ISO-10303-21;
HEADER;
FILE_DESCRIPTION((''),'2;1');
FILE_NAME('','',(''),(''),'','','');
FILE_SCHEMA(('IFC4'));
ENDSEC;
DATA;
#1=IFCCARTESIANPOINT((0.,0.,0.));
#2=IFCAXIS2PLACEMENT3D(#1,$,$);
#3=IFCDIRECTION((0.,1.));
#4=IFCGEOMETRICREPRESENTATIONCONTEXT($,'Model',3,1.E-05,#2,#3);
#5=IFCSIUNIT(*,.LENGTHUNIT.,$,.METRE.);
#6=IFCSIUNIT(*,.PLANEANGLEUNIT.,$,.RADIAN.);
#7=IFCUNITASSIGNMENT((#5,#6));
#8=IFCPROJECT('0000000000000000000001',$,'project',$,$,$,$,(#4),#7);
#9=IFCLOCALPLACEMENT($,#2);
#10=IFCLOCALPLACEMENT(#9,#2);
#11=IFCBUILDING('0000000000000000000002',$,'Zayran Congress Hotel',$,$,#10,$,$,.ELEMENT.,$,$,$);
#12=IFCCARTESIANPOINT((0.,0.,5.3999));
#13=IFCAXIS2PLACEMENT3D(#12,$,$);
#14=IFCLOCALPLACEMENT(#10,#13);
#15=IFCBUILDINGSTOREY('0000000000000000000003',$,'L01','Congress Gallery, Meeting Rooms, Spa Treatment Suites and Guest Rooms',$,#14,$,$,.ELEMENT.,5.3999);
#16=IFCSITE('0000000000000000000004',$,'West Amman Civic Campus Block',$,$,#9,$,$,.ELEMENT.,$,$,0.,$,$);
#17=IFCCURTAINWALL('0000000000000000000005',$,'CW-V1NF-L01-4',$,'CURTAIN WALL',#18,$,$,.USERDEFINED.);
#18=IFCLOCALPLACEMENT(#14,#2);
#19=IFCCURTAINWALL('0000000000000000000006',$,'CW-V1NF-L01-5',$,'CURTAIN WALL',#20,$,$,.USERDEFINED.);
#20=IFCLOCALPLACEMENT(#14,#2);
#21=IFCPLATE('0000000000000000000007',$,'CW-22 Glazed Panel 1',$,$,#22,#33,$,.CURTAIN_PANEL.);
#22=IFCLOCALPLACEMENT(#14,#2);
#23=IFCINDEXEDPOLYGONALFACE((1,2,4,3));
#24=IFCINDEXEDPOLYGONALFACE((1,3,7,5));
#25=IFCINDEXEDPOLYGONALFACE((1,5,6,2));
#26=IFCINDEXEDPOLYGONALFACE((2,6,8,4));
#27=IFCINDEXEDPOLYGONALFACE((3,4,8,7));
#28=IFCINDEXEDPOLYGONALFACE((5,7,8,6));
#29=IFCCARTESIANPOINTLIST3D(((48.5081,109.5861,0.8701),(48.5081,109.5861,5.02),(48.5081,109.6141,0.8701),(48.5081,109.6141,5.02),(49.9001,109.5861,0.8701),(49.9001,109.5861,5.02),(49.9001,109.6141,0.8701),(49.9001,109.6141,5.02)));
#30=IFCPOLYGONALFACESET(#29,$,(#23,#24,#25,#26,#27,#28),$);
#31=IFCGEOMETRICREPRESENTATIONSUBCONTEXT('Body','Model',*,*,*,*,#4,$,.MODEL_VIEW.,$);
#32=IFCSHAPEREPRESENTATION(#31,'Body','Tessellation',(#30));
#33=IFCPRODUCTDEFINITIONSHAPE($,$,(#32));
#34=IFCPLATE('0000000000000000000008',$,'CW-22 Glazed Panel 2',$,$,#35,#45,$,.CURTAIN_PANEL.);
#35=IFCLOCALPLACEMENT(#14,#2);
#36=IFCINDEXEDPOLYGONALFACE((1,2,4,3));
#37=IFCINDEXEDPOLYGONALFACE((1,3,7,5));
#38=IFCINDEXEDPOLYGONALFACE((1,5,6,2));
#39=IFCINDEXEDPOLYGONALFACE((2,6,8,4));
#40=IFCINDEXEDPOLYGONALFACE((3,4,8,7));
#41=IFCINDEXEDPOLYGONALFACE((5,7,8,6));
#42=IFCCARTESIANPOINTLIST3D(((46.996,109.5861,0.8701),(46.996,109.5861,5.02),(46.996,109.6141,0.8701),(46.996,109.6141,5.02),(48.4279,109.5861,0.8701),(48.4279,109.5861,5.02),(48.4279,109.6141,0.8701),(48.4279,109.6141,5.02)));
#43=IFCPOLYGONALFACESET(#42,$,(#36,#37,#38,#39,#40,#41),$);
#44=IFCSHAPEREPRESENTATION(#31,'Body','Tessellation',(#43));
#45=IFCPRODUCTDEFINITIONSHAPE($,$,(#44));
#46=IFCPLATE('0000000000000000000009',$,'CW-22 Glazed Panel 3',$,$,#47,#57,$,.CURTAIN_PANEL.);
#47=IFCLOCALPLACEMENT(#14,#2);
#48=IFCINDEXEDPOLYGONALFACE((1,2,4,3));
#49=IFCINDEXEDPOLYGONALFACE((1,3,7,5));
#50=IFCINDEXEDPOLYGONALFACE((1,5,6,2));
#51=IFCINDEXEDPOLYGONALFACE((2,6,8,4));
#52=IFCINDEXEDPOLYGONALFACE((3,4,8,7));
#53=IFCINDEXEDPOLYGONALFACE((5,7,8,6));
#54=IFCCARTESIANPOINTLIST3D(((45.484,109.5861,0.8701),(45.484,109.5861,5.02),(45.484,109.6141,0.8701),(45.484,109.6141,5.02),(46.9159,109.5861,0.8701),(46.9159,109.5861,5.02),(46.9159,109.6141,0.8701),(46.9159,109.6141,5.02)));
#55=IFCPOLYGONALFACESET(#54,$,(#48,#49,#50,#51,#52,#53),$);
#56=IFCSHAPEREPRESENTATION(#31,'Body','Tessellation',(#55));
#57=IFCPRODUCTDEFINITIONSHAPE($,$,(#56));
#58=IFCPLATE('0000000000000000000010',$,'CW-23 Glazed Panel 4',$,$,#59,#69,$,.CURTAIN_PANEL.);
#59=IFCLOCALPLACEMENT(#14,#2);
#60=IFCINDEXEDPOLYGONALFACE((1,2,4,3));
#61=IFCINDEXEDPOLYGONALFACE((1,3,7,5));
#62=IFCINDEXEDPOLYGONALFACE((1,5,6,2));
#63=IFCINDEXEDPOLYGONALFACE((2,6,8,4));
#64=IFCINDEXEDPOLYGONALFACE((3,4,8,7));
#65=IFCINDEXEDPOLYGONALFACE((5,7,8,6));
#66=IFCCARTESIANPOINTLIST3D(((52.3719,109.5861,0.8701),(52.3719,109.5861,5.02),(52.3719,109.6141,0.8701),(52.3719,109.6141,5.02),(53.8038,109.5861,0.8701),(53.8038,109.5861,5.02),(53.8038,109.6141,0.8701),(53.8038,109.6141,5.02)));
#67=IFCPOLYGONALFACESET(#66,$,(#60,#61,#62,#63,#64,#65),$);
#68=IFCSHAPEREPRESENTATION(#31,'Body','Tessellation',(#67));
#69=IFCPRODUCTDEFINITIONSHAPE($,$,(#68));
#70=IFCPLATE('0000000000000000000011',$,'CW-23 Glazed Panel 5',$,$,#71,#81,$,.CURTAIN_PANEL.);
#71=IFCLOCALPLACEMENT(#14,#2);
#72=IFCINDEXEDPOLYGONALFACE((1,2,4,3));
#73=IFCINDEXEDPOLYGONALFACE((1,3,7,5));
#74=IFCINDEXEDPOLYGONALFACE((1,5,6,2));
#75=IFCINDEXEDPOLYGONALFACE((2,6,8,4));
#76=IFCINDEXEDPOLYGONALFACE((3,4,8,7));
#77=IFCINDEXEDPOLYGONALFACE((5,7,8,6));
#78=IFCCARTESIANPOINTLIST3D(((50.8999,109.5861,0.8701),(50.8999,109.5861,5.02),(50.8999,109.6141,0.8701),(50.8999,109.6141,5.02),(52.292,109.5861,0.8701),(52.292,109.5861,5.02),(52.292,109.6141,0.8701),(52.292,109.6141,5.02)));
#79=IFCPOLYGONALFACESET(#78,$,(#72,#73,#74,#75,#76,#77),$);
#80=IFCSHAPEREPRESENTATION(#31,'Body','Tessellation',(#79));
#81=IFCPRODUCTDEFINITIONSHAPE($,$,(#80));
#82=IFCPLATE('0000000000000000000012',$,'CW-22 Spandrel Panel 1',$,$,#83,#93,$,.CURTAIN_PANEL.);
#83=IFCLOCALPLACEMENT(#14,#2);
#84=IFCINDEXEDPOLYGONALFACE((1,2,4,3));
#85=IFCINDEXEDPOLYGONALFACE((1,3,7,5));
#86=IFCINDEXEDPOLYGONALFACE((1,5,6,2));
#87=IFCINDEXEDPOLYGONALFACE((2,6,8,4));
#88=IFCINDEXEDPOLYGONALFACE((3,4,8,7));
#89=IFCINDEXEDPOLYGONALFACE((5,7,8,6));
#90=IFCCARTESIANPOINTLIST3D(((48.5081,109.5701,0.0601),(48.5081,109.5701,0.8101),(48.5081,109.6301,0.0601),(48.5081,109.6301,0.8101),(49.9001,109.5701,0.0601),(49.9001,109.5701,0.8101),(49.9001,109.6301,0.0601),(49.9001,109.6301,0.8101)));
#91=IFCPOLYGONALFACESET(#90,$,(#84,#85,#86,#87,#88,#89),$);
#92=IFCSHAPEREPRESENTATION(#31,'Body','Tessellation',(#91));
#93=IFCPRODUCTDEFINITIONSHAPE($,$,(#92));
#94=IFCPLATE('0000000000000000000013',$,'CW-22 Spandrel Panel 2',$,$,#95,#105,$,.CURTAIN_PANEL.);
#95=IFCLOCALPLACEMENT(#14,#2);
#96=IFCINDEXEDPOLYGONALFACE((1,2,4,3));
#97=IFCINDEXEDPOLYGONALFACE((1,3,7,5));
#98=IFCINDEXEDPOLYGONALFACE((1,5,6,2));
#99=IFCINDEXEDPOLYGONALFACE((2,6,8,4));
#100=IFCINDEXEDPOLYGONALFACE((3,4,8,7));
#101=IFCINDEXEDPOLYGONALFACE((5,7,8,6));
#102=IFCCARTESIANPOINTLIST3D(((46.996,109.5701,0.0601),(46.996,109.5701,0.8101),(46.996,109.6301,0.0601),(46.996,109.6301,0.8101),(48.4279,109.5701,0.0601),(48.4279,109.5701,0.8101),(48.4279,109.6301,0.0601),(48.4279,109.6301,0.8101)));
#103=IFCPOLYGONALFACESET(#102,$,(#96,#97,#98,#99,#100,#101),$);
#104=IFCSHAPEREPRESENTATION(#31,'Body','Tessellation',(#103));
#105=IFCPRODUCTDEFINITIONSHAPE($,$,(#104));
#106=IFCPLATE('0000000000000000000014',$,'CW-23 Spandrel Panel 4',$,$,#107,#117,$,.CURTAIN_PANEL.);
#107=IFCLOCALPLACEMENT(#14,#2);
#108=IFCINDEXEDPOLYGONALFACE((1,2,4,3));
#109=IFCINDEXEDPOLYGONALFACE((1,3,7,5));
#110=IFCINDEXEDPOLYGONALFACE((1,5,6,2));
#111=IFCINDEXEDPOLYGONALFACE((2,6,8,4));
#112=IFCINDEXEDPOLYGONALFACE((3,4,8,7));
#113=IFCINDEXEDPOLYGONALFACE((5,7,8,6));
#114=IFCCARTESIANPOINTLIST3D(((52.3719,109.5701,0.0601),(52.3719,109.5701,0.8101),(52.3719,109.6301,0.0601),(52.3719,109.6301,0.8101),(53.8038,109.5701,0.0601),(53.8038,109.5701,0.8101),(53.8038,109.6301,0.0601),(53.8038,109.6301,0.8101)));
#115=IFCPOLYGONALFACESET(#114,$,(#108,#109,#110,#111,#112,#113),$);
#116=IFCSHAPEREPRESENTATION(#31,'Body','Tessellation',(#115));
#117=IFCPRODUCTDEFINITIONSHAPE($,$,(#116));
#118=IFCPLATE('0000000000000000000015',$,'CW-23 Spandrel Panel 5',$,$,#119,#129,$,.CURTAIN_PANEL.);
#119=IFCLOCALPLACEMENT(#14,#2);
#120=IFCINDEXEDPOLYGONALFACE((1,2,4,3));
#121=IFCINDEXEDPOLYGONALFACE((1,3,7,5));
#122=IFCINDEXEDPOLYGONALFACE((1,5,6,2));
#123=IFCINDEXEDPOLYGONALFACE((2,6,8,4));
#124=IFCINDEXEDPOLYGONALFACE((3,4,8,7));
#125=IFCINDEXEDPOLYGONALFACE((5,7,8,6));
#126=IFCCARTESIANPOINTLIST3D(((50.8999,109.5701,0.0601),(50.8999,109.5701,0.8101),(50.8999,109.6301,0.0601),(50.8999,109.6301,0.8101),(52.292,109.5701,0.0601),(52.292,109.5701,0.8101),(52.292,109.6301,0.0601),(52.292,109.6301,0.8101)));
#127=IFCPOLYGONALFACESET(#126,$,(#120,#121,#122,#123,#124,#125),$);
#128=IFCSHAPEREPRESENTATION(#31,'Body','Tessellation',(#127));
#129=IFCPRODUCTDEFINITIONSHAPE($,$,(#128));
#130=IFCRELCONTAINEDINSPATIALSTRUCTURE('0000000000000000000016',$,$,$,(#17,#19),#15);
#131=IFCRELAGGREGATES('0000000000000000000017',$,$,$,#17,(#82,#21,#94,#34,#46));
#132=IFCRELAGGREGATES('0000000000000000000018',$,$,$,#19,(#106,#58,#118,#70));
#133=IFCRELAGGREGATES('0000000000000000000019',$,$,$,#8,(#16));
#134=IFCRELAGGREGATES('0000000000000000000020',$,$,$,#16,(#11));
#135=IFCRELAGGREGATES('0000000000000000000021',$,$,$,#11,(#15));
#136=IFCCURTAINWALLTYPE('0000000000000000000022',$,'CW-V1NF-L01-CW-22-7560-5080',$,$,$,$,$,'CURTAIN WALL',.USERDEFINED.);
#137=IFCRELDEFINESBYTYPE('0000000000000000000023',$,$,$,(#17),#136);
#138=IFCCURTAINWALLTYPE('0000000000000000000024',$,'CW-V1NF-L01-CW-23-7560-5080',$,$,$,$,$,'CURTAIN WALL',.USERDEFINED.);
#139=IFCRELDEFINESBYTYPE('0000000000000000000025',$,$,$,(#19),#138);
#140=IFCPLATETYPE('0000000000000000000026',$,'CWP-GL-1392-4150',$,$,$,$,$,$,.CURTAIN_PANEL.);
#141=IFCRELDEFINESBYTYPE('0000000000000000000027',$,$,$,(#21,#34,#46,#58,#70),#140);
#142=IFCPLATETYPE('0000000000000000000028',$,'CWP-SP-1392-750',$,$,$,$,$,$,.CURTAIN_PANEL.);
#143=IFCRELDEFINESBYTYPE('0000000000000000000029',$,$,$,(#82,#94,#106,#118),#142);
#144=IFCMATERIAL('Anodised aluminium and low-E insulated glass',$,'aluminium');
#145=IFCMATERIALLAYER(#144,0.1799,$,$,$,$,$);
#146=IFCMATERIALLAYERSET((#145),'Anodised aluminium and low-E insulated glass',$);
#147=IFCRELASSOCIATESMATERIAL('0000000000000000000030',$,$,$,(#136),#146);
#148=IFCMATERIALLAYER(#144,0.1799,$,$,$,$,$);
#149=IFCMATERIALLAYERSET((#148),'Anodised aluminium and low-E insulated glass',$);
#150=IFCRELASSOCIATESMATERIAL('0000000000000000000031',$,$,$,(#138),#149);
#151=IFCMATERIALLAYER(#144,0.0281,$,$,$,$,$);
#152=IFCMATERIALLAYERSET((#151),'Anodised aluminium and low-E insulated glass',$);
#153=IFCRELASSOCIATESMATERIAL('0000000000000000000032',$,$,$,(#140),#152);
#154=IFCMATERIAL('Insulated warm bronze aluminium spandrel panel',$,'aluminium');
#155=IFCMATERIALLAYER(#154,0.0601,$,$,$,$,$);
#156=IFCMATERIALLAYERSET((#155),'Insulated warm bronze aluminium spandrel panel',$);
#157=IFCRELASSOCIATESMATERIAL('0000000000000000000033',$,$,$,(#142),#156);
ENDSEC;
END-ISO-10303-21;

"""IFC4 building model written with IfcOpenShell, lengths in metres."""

from ifc_helpers import new_model, si_unit, direction, frame, origin, origin_2d, place, context, subcontext, project, spatial, rectangle, extrude, material, layer, layer_set, type_object, element, aggregate, save


model = new_model("IFC4")

# Units and contexts
model_context = context("Model", 3, precision=1e-05, world=origin(), true_north=direction((0.0, 1.0)))
body_context = subcontext(model_context, "Body", "Model", "MODEL_VIEW")
ifc_project = project(units=[si_unit("LENGTHUNIT", "METRE"), si_unit("PLANEANGLEUNIT", "RADIAN")], contexts=[model_context])

# Site, building, storey
site_placement = place(None, origin())
site = spatial("IfcSite", under=ifc_project, at=site_placement, Name="West Amman Civic Campus Block", CompositionType="ELEMENT", RefElevation=0.0)
building_placement = place(site_placement, origin())
building = spatial("IfcBuilding", under=site, at=building_placement, Name="Zayran Congress Hotel", CompositionType="ELEMENT")
storey_placement = place(building_placement, frame((0.0, 0.0, 5.3999)))
storey = spatial("IfcBuildingStorey", under=building, at=storey_placement, Name="L01", Description="Congress Gallery, Meeting Rooms, Spa Treatment Suites and Guest Rooms", CompositionType="ELEMENT", Elevation=5.3999)

# Curtain walls
ifc_material_1 = material(Name="Anodised aluminium and low-E insulated glass", Category="aluminium")
ifc_layer_1 = layer(ifc_material_1, 0.1799)
ifc_layer_set_1 = layer_set([ifc_layer_1], Name="Anodised aluminium and low-E insulated glass")
curtain_wall_type_1 = type_object("IfcCurtainWallType", Name="CW-V1NF-L01-CW-22-7560-5080", ElementType="CURTAIN WALL", PredefinedType="USERDEFINED", material=ifc_layer_set_1)
curtain_wall_1_placement = place(storey_placement, origin())
curtain_wall_1 = element("IfcCurtainWall", 1, at=curtain_wall_1_placement, inside=storey, type_object=curtain_wall_type_1, Name="CW-V1NF-L01-4", ObjectType="CURTAIN WALL", PredefinedType="USERDEFINED")
ifc_layer_2 = layer(ifc_material_1, 0.1799)
ifc_layer_set_2 = layer_set([ifc_layer_2], Name="Anodised aluminium and low-E insulated glass")
curtain_wall_type_2 = type_object("IfcCurtainWallType", Name="CW-V1NF-L01-CW-23-7560-5080", ElementType="CURTAIN WALL", PredefinedType="USERDEFINED", material=ifc_layer_set_2)
curtain_wall_2_placement = place(storey_placement, origin())
curtain_wall_2 = element("IfcCurtainWall", 2, at=curtain_wall_2_placement, inside=storey, type_object=curtain_wall_type_2, Name="CW-V1NF-L01-5", ObjectType="CURTAIN WALL", PredefinedType="USERDEFINED")

# Plates
ifc_layer_3 = layer(ifc_material_1, 0.0281)
ifc_layer_set_3 = layer_set([ifc_layer_3], Name="Anodised aluminium and low-E insulated glass")
plate_type_1 = type_object("IfcPlateType", Name="CWP-GL-1392-4150", PredefinedType="CURTAIN_PANEL", material=ifc_layer_set_3)
plate_1_placement = place(storey_placement, frame((49.2041, 109.6001, 0.8701), z_axis=(0.0, 0.0, 1.0), x_axis=(1.0, 0.0, 0.0)))
plate_1 = element("IfcPlate", 3, at=plate_1_placement, type_object=plate_type_1, Name="CW-22 Glazed Panel 1", PredefinedType="CURTAIN_PANEL", context=body_context, shape_type="SweptSolid", body=[
    extrude(rectangle(XDim=1.3921, YDim=0.0281, at=origin_2d()), origin(), (0.0, 0.0, 1.0), 4.1499),
])
plate_2_placement = place(storey_placement, frame((47.7119, 109.6001, 0.8701), z_axis=(0.0, 0.0, 1.0), x_axis=(1.0, 0.0, 0.0)))
plate_2 = element("IfcPlate", 4, at=plate_2_placement, type_object=plate_type_1, Name="CW-22 Glazed Panel 2", PredefinedType="CURTAIN_PANEL", context=body_context, shape_type="SweptSolid", body=[
    extrude(rectangle(XDim=1.4319, YDim=0.0281, at=origin_2d()), origin(), (0.0, 0.0, 1.0), 4.1499),
])
plate_3_placement = place(storey_placement, frame((46.2, 109.6001, 0.8701), z_axis=(0.0, 0.0, 1.0), x_axis=(1.0, 0.0, 0.0)))
plate_3 = element("IfcPlate", 5, at=plate_3_placement, type_object=plate_type_1, Name="CW-22 Glazed Panel 3", PredefinedType="CURTAIN_PANEL", context=body_context, shape_type="SweptSolid", body=[
    extrude(rectangle(XDim=1.4319, YDim=0.0281, at=origin_2d()), origin(), (0.0, 0.0, 1.0), 4.1499),
])
plate_4_placement = place(storey_placement, frame((53.0879, 109.6001, 0.8701), z_axis=(0.0, 0.0, 1.0), x_axis=(1.0, 0.0, 0.0)))
plate_4 = element("IfcPlate", 6, at=plate_4_placement, type_object=plate_type_1, Name="CW-23 Glazed Panel 4", PredefinedType="CURTAIN_PANEL", context=body_context, shape_type="SweptSolid", body=[
    extrude(rectangle(XDim=1.4319, YDim=0.0281, at=origin_2d()), origin(), (0.0, 0.0, 1.0), 4.1499),
])
plate_5_placement = place(storey_placement, frame((51.5959, 109.6001, 0.8701), z_axis=(0.0, 0.0, 1.0), x_axis=(1.0, 0.0, 0.0)))
plate_5 = element("IfcPlate", 7, at=plate_5_placement, type_object=plate_type_1, Name="CW-23 Glazed Panel 5", PredefinedType="CURTAIN_PANEL", context=body_context, shape_type="SweptSolid", body=[
    extrude(rectangle(XDim=1.3921, YDim=0.0281, at=origin_2d()), origin(), (0.0, 0.0, 1.0), 4.1499),
])
ifc_material_2 = material(Name="Insulated warm bronze aluminium spandrel panel", Category="aluminium")
ifc_layer_4 = layer(ifc_material_2, 0.0601)
ifc_layer_set_4 = layer_set([ifc_layer_4], Name="Insulated warm bronze aluminium spandrel panel")
plate_type_2 = type_object("IfcPlateType", Name="CWP-SP-1392-750", PredefinedType="CURTAIN_PANEL", material=ifc_layer_set_4)
plate_6_placement = place(storey_placement, frame((49.2041, 109.6001, 0.0601), z_axis=(0.0, 0.0, 1.0), x_axis=(1.0, 0.0, 0.0)))
plate_6 = element("IfcPlate", 8, at=plate_6_placement, type_object=plate_type_2, Name="CW-22 Spandrel Panel 1", PredefinedType="CURTAIN_PANEL", context=body_context, shape_type="SweptSolid", body=[
    extrude(rectangle(XDim=1.3921, YDim=0.0601, at=origin_2d()), origin(), (0.0, 0.0, 1.0), 0.75),
])
plate_7_placement = place(storey_placement, frame((47.7119, 109.6001, 0.0601), z_axis=(0.0, 0.0, 1.0), x_axis=(1.0, 0.0, 0.0)))
plate_7 = element("IfcPlate", 9, at=plate_7_placement, type_object=plate_type_2, Name="CW-22 Spandrel Panel 2", PredefinedType="CURTAIN_PANEL", context=body_context, shape_type="SweptSolid", body=[
    extrude(rectangle(XDim=1.4319, YDim=0.0601, at=origin_2d()), origin(), (0.0, 0.0, 1.0), 0.75),
])
aggregate(curtain_wall_1, [plate_6, plate_1, plate_7, plate_2, plate_3])
plate_8_placement = place(storey_placement, frame((53.0879, 109.6001, 0.0601), z_axis=(0.0, 0.0, 1.0), x_axis=(1.0, 0.0, 0.0)))
plate_8 = element("IfcPlate", 10, at=plate_8_placement, type_object=plate_type_2, Name="CW-23 Spandrel Panel 4", PredefinedType="CURTAIN_PANEL", context=body_context, shape_type="SweptSolid", body=[
    extrude(rectangle(XDim=1.4319, YDim=0.0601, at=origin_2d()), origin(), (0.0, 0.0, 1.0), 0.75),
])
plate_9_placement = place(storey_placement, frame((51.5959, 109.6001, 0.0601), z_axis=(0.0, 0.0, 1.0), x_axis=(1.0, 0.0, 0.0)))
plate_9 = element("IfcPlate", 11, at=plate_9_placement, type_object=plate_type_2, Name="CW-23 Spandrel Panel 5", PredefinedType="CURTAIN_PANEL", context=body_context, shape_type="SweptSolid", body=[
    extrude(rectangle(XDim=1.3921, YDim=0.0601, at=origin_2d()), origin(), (0.0, 0.0, 1.0), 0.75),
])
aggregate(curtain_wall_2, [plate_8, plate_4, plate_9, plate_5])

save(model, "model.ifc")
